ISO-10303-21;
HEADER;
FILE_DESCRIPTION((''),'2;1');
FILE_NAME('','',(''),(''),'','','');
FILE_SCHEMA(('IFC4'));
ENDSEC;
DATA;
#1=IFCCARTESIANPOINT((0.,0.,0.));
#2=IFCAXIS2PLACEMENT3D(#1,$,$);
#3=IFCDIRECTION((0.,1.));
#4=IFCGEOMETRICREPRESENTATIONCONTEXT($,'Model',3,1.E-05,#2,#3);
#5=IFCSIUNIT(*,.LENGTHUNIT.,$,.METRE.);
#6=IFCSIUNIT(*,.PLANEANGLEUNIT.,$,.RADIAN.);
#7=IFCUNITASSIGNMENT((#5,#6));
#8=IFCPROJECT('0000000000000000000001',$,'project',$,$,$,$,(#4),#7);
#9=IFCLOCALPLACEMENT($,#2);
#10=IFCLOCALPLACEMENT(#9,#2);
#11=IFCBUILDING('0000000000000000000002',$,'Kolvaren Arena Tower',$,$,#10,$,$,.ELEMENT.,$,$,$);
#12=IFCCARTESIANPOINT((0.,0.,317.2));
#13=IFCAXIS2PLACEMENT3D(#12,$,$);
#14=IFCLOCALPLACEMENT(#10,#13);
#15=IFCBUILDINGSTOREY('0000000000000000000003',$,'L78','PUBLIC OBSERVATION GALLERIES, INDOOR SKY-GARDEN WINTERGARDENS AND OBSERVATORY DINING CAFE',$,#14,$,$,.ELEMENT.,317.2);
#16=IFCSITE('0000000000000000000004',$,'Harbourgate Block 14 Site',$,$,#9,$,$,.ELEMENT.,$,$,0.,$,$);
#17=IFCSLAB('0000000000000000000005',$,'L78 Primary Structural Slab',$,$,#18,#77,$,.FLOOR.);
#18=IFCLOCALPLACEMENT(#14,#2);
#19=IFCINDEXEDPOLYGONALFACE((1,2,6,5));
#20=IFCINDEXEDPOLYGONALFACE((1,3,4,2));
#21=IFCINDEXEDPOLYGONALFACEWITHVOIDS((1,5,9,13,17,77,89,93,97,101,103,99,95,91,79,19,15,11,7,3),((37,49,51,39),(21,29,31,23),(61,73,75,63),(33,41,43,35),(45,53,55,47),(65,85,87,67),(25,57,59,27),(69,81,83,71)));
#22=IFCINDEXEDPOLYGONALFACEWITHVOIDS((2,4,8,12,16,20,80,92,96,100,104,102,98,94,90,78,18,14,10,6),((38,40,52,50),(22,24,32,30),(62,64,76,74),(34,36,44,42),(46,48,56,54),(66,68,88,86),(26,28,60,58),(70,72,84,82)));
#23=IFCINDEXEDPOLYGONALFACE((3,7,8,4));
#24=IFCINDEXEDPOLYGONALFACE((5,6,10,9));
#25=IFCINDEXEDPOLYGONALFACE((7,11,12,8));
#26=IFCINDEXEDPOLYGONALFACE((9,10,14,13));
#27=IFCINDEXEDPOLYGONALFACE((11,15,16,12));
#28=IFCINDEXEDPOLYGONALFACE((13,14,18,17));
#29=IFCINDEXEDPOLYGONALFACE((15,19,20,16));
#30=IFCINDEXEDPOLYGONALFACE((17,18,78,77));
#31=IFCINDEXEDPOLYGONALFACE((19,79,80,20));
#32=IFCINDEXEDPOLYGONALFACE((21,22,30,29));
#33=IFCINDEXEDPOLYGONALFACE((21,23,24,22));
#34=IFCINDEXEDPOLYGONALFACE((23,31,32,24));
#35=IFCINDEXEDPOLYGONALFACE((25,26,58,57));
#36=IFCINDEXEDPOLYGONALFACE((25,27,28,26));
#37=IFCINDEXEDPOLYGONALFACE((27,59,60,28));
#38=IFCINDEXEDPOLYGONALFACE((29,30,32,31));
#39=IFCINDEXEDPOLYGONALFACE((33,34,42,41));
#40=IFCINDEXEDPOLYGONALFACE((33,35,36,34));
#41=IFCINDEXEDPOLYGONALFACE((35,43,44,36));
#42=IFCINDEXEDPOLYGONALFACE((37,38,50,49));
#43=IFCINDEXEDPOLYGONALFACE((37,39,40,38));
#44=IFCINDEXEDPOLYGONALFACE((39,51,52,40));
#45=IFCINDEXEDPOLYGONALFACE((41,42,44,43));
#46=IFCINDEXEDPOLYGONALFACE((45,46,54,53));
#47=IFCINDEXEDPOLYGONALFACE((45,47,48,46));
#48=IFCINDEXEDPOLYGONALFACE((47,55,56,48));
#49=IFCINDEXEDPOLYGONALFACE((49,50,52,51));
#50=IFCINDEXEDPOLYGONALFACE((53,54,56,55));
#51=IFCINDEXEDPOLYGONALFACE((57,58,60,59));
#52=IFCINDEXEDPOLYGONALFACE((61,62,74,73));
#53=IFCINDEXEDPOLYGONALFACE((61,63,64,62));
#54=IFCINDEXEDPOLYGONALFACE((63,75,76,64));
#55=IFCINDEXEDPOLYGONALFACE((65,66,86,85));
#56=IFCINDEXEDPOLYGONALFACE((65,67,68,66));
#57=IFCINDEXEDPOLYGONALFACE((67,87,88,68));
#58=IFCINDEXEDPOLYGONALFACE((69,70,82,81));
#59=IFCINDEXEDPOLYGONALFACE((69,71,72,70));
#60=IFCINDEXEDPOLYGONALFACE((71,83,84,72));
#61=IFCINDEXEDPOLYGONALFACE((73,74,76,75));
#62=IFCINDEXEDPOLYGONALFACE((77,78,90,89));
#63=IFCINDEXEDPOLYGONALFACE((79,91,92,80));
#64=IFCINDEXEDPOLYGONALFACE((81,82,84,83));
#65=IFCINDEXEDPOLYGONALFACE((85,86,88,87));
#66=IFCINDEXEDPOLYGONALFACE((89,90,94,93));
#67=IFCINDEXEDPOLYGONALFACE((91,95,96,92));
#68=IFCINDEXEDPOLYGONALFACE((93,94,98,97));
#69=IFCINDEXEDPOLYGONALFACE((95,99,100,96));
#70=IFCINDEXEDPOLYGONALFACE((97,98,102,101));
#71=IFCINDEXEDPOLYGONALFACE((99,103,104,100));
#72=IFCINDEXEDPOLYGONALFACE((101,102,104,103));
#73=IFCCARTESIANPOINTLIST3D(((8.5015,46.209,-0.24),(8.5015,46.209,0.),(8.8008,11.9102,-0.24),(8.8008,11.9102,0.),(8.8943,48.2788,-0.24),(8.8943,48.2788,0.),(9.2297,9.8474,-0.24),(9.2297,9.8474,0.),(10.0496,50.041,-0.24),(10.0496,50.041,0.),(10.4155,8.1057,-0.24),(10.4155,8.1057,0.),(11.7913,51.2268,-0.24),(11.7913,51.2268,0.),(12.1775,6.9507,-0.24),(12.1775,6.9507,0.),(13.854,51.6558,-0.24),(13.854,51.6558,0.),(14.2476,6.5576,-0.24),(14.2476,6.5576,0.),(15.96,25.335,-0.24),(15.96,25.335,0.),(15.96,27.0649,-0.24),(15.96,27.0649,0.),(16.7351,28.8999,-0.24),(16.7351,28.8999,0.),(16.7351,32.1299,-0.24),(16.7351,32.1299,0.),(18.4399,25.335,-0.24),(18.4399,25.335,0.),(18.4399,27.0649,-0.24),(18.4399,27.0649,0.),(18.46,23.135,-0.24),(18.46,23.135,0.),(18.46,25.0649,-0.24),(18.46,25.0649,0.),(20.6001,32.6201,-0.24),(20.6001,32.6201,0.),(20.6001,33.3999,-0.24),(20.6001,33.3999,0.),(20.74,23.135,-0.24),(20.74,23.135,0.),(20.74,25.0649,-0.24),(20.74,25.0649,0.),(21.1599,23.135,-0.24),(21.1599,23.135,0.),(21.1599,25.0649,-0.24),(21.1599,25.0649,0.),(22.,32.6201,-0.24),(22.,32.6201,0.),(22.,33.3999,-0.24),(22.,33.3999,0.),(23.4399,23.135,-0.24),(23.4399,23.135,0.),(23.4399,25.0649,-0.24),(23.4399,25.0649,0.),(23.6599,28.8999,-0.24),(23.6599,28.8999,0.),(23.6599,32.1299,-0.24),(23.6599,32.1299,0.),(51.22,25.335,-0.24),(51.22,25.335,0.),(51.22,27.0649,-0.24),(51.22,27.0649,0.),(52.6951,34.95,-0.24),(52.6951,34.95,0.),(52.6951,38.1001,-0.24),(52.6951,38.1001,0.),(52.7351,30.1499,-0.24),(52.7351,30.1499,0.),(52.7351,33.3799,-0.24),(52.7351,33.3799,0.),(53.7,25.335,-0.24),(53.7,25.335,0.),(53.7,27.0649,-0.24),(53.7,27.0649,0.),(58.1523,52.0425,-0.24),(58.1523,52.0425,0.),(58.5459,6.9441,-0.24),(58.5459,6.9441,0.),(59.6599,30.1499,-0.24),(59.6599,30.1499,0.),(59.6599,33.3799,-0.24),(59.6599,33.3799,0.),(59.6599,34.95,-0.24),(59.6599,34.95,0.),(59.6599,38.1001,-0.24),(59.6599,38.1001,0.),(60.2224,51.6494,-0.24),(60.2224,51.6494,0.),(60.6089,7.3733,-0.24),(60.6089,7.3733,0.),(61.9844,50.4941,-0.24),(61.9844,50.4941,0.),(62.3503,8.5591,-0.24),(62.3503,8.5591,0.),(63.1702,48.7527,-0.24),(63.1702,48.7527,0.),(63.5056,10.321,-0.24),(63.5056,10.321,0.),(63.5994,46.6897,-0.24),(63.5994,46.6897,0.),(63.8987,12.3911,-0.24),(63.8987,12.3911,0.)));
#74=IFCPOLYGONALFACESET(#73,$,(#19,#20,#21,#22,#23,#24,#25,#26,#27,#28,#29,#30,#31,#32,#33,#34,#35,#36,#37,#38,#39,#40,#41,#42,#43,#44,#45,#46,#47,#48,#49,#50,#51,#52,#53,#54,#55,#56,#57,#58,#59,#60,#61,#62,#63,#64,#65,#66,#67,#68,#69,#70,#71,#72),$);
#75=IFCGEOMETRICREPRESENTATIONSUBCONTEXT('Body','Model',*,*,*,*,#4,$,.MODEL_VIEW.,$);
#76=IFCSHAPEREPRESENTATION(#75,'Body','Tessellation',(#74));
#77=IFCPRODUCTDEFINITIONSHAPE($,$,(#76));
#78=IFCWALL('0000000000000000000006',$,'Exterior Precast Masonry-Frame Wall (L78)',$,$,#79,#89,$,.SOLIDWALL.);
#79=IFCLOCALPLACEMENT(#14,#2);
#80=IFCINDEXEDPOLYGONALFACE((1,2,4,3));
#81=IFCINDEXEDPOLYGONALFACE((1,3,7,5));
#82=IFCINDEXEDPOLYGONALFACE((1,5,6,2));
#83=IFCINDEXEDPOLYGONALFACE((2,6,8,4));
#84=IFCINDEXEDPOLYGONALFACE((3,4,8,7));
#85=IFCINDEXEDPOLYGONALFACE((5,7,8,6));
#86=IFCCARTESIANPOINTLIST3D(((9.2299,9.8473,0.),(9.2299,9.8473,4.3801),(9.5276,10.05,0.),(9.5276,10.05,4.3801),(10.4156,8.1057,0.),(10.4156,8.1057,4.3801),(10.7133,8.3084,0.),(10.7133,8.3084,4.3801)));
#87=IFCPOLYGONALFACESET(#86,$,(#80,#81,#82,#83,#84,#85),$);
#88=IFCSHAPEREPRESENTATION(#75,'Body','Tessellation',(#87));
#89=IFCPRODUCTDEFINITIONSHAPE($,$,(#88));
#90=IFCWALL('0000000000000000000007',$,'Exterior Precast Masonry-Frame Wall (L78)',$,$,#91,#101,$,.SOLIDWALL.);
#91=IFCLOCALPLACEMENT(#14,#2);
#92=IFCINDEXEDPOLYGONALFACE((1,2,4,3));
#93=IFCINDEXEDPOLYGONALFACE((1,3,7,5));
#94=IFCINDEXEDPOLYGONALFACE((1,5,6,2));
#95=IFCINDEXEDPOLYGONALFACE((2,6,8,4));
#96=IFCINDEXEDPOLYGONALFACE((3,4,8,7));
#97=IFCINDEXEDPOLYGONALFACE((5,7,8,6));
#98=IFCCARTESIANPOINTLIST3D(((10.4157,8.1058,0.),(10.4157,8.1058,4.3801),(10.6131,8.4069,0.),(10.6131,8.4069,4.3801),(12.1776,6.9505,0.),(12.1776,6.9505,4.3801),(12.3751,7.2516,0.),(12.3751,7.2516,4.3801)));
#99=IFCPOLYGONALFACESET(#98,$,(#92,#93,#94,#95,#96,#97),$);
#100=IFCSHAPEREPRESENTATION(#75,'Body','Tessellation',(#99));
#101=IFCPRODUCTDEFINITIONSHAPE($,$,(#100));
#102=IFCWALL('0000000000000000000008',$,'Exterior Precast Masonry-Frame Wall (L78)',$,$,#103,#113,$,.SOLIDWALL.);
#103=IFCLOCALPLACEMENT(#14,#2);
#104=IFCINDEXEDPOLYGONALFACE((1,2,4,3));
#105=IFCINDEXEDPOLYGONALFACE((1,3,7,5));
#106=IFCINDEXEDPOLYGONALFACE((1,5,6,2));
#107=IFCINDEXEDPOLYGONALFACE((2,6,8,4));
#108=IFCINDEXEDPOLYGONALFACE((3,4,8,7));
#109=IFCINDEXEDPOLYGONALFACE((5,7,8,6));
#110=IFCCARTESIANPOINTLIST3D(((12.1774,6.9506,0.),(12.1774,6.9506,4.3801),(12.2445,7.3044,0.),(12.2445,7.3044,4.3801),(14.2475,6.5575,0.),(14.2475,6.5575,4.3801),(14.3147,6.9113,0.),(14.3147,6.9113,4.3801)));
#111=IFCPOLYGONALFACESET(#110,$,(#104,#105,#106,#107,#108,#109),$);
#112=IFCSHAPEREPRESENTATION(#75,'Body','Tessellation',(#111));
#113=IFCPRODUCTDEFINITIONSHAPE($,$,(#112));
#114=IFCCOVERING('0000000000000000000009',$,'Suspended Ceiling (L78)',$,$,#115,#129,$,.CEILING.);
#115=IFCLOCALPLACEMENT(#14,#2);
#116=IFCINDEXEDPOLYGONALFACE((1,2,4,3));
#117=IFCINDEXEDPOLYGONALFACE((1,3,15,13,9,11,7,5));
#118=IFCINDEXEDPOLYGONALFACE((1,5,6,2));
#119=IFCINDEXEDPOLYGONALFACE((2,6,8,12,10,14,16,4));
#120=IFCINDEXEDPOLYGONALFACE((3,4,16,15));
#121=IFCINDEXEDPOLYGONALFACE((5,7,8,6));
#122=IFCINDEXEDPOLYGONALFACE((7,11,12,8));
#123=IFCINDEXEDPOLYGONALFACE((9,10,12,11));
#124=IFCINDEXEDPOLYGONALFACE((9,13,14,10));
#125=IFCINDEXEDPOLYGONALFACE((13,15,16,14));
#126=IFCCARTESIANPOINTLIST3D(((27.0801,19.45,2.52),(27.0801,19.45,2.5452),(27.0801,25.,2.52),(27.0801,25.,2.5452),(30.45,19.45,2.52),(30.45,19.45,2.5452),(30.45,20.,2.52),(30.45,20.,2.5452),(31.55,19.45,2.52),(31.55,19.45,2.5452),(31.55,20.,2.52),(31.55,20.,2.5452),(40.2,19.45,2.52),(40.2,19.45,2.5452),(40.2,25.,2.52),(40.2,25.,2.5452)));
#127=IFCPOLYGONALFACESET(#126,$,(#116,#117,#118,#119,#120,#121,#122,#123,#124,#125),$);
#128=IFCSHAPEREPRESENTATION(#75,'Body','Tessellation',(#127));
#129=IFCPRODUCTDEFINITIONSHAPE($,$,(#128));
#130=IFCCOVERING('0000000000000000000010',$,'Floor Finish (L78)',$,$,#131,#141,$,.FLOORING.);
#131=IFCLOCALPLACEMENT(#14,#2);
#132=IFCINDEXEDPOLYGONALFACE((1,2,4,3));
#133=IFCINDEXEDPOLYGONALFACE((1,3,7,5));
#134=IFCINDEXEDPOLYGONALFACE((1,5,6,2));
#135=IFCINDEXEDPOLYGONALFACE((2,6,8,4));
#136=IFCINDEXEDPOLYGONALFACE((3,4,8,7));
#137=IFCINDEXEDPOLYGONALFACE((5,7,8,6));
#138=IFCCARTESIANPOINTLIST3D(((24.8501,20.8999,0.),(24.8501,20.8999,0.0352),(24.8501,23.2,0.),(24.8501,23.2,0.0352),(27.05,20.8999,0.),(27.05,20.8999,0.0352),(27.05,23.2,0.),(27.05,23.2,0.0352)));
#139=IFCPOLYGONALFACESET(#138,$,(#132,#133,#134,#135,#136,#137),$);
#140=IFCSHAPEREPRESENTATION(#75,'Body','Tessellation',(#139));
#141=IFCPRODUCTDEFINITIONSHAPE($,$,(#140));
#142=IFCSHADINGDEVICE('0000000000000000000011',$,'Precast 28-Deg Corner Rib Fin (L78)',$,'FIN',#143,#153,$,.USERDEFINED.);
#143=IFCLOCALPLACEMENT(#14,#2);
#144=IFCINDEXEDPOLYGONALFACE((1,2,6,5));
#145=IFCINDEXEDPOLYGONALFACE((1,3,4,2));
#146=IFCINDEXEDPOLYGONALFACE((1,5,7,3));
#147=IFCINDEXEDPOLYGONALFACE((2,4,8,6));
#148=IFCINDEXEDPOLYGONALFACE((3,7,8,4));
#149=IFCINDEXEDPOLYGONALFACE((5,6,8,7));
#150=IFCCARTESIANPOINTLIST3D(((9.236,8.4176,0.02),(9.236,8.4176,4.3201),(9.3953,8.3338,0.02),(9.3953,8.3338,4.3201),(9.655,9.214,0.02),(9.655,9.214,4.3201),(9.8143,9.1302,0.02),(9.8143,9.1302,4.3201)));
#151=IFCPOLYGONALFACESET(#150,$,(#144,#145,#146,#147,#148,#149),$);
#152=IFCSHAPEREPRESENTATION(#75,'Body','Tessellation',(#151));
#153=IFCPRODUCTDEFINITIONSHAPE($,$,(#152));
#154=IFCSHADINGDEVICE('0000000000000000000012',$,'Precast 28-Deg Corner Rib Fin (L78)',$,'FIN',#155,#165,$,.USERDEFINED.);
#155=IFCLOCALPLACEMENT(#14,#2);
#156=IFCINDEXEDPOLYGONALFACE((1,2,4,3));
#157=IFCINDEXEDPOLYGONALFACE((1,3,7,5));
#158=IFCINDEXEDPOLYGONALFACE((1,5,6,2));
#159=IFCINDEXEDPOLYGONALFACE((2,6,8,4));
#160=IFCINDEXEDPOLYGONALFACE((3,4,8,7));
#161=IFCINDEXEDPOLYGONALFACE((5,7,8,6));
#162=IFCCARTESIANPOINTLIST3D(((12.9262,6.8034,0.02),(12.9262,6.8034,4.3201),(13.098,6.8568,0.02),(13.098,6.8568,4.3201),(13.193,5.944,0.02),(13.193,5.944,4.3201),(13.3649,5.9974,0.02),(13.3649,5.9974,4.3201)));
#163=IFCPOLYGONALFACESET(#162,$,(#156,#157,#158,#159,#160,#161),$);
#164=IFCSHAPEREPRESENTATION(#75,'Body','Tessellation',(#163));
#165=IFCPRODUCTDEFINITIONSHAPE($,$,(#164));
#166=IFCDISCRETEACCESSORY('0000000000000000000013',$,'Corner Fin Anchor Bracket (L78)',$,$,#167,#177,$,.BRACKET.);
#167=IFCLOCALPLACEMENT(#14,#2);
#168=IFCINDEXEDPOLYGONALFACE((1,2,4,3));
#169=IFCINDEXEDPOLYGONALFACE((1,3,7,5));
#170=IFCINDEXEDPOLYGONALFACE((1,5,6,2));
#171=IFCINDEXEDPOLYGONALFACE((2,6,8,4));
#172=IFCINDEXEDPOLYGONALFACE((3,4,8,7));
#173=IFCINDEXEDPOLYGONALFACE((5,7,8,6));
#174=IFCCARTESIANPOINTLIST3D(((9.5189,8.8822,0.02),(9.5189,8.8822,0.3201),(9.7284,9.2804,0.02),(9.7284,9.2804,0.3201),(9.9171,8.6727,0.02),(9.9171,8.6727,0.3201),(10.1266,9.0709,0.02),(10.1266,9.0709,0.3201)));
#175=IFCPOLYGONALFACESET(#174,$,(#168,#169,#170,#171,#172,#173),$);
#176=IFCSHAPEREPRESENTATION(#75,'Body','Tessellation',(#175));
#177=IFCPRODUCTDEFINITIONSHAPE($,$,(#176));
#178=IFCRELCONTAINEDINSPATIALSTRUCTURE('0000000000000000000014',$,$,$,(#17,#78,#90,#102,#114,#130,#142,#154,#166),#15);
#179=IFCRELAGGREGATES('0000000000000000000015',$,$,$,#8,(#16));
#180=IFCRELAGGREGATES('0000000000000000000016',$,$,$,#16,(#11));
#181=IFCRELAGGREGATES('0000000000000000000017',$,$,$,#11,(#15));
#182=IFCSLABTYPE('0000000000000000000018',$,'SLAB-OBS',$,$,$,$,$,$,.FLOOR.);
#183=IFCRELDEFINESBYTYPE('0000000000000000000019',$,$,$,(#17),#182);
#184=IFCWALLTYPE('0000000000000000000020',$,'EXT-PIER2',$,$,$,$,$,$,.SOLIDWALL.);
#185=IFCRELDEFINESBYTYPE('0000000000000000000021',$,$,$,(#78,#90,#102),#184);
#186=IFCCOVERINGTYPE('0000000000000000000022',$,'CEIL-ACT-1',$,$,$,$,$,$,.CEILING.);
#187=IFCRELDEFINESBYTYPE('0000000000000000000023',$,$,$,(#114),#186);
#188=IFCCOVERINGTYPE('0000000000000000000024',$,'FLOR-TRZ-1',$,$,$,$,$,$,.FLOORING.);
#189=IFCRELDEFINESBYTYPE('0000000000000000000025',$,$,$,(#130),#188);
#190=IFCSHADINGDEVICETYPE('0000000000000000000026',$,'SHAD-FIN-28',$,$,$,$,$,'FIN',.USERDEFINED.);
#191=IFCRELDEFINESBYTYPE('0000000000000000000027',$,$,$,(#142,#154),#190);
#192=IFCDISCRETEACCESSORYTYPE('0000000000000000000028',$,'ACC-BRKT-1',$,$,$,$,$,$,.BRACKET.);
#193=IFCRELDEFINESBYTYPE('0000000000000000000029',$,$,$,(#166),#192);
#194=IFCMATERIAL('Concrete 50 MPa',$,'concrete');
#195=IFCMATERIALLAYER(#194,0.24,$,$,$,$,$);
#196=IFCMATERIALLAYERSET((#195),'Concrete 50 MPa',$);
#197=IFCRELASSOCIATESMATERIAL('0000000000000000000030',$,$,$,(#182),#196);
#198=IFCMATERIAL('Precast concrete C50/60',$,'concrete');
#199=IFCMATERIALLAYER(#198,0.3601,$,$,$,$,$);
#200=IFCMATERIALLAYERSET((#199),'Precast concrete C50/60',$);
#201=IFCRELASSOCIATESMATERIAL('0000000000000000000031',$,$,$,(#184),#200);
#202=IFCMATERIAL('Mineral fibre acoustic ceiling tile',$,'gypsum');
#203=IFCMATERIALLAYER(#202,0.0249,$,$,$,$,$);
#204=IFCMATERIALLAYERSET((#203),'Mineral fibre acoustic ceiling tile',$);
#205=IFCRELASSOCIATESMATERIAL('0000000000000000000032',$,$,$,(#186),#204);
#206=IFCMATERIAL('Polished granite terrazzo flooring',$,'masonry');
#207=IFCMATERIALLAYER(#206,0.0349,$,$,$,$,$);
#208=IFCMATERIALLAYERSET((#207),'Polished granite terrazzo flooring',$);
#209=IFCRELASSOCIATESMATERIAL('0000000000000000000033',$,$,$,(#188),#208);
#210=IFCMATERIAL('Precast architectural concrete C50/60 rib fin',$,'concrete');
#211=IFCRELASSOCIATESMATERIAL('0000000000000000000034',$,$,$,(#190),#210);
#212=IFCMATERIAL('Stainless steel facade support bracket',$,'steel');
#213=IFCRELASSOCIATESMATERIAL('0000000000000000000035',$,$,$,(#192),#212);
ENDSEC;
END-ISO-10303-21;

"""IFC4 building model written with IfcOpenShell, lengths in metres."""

from ifc_helpers import new_model, si_unit, direction, frame, frame_2d, origin, origin_2d, place, context, subcontext, project, spatial, polyline, rectangle, outline, extrude, material, layer, layer_set, type_object, element, save


model = new_model("IFC4")

# Units and contexts
model_context = context("Model", 3, precision=1e-05, world=origin(), true_north=direction((0.0, 1.0)))
body_context = subcontext(model_context, "Body", "Model", "MODEL_VIEW")
ifc_project = project(units=[si_unit("LENGTHUNIT", "METRE"), si_unit("PLANEANGLEUNIT", "RADIAN")], contexts=[model_context])

# Site, building, storey
site_placement = place(None, origin())
site = spatial("IfcSite", under=ifc_project, at=site_placement, Name="Harbourgate Block 14 Site", CompositionType="ELEMENT", RefElevation=0.0)
building_placement = place(site_placement, origin())
building = spatial("IfcBuilding", under=site, at=building_placement, Name="Kolvaren Arena Tower", CompositionType="ELEMENT")
storey_placement = place(building_placement, frame((0.0, 0.0, 317.2)))
storey = spatial("IfcBuildingStorey", under=building, at=storey_placement, Name="L78", Description="PUBLIC OBSERVATION GALLERIES, INDOOR SKY-GARDEN WINTERGARDENS AND OBSERVATORY DINING CAFE", CompositionType="ELEMENT", Elevation=317.2)

# Shared definitions
ifc_material_1 = material(Name="Precast concrete C50/60", Category="concrete")

# Slab
ifc_material_2 = material(Name="Concrete 50 MPa", Category="concrete")
ifc_layer_1 = layer(ifc_material_2, 0.24)
ifc_layer_set_1 = layer_set([ifc_layer_1], Name="Concrete 50 MPa")
slab_type_1 = type_object("IfcSlabType", Name="SLAB-OBS", PredefinedType="FLOOR", material=ifc_layer_set_1)
slab_1_placement = place(storey_placement, frame((0.0, 0.0, -0.24)))
element("IfcSlab", 1, at=slab_1_placement, inside=storey, type_object=slab_type_1, Name="L78 Primary Structural Slab", PredefinedType="FLOOR", context=body_context, shape_type="SweptSolid", body=[
    extrude(outline(polyline([(58.5459, 6.9441), (60.6089, 7.3733), (62.3503, 8.5591), (63.5056, 10.321), (63.8987, 12.3911), (63.5994, 46.6897), (63.1702, 48.7527), (61.9844, 50.4941), (60.2224, 51.6494), (58.1523, 52.0425), (13.854, 51.6558), (11.7913, 51.2268), (10.0496, 50.041), (8.8943, 48.2788), (8.5015, 46.209), (8.8008, 11.9102), (9.2297, 9.8474), (10.4155, 8.1057), (12.1775, 6.9507), (14.2476, 6.5576), (58.5459, 6.9441)]), holes=[polyline([(20.74, 23.135), (18.46, 23.135), (18.46, 25.0649), (20.74, 25.0649), (20.74, 23.135)]), polyline([(23.4399, 23.135), (21.1599, 23.135), (21.1599, 25.0649), (23.4399, 25.0649), (23.4399, 23.135)]), polyline([(18.4399, 25.335), (15.96, 25.335), (15.96, 27.0649), (18.4399, 27.0649), (18.4399, 25.335)]), polyline([(53.7, 25.335), (51.22, 25.335), (51.22, 27.0649), (53.7, 27.0649), (53.7, 25.335)]), polyline([(23.6599, 28.8999), (16.7351, 28.8999), (16.7351, 32.1299), (23.6599, 32.1299), (23.6599, 28.8999)]), polyline([(59.6599, 30.1499), (52.7351, 30.1499), (52.7351, 33.3799), (59.6599, 33.3799), (59.6599, 30.1499)]), polyline([(22.0, 32.6201), (20.6001, 32.6201), (20.6001, 33.3999), (22.0, 33.3999), (22.0, 32.6201)]), polyline([(59.6599, 34.95), (52.6951, 34.95), (52.6951, 38.1001), (59.6599, 38.1001), (59.6599, 34.95)])]), origin(), (0.0, 0.0, 1.0), 0.24),
])

# Walls
ifc_layer_2 = layer(ifc_material_1, 0.3601)
ifc_layer_set_2 = layer_set([ifc_layer_2], Name="Precast concrete C50/60")
wall_type = type_object("IfcWallType", Name="EXT-PIER2", PredefinedType="SOLIDWALL", material=ifc_layer_set_2)
for number, where, z_axis, x_axis, name in (
    (2, (10.5645, 8.207, 0.0), (0.0, 0.0, 1.0), (-0.562776, 0.82661, 0.0), "Exterior Precast Masonry-Frame Wall (L78)"),
    (3, (12.2764, 7.1011, 0.0), (0.0, 0.0, 1.0), (-0.836269, 0.54832, 0.0), "Exterior Precast Masonry-Frame Wall (L78)"),
):
    element("IfcWall", number, at=place(storey_placement, frame(where, z_axis=z_axis, x_axis=x_axis)), inside=storey, type_object=wall_type, Name=name, PredefinedType="SOLIDWALL", context=body_context, shape_type="SweptSolid", body=[
        extrude(rectangle(XDim=2.1069, YDim=0.3601, at=frame_2d((1.0535, 0.0))), origin(), (0.0, 0.0, 1.0), 4.3801),
    ])
wall_placement = place(storey_placement, frame((14.2812, 6.7344, 0.0), z_axis=(0.0, 0.0, 1.0), x_axis=(-0.982446, 0.186548, 0.0)))
element("IfcWall", 4, at=wall_placement, inside=storey, type_object=wall_type, Name="Exterior Precast Masonry-Frame Wall (L78)", PredefinedType="SOLIDWALL", context=body_context, shape_type="SweptSolid", body=[
    extrude(rectangle(XDim=2.1072, YDim=0.3601, at=frame_2d((1.0537, 0.0))), origin(), (0.0, 0.0, 1.0), 4.3801),
])

# Coverings
ifc_material_3 = material(Name="Mineral fibre acoustic ceiling tile", Category="gypsum")
ifc_layer_3 = layer(ifc_material_3, 0.0249)
ifc_layer_set_3 = layer_set([ifc_layer_3], Name="Mineral fibre acoustic ceiling tile")
covering_type_1 = type_object("IfcCoveringType", Name="CEIL-ACT-1", PredefinedType="CEILING", material=ifc_layer_set_3)
covering_1_placement = place(storey_placement, frame((0.0, 0.0, 2.52)))
element("IfcCovering", 5, at=covering_1_placement, inside=storey, type_object=covering_type_1, Name="Suspended Ceiling (L78)", PredefinedType="CEILING", context=body_context, shape_type="SweptSolid", body=[
    extrude(outline(polyline([(27.0801, 19.45), (27.0801, 25.0), (40.2, 25.0), (40.2, 19.45), (31.55, 19.45), (31.55, 20.0), (30.45, 20.0), (30.45, 19.45), (27.0801, 19.45)])), origin(), (0.0, 0.0, 1.0), 0.0251),
])
ifc_material_4 = material(Name="Polished granite terrazzo flooring", Category="masonry")
ifc_layer_4 = layer(ifc_material_4, 0.0349)
ifc_layer_set_4 = layer_set([ifc_layer_4], Name="Polished granite terrazzo flooring")
covering_type_2 = type_object("IfcCoveringType", Name="FLOR-TRZ-1", PredefinedType="FLOORING", material=ifc_layer_set_4)
covering_2_placement = place(storey_placement, origin())
element("IfcCovering", 6, at=covering_2_placement, inside=storey, type_object=covering_type_2, Name="Floor Finish (L78)", PredefinedType="FLOORING", context=body_context, shape_type="SweptSolid", body=[
    extrude(outline(polyline([(24.8501, 20.8999), (24.8501, 23.2), (27.05, 23.2), (27.05, 20.8999), (24.8501, 20.8999)])), origin(), (0.0, 0.0, 1.0), 0.0352),
])

# Shading devices
ifc_material_5 = material(Name="Precast architectural concrete C50/60 rib fin", Category="concrete")
shading_device_type = type_object("IfcShadingDeviceType", Name="SHAD-FIN-28", ElementType="FIN", PredefinedType="USERDEFINED", material=ifc_material_5)
for number, where, z_axis, x_axis, name in (
    (7, (9.5251, 8.7739, 0.02), (0.0, 0.0, 1.0), (-0.465619, -0.884985, 0.0), "Precast 28-Deg Corner Rib Fin (L78)"),
    (8, (13.1455, 6.4004, 0.02), (0.0, 0.0, 1.0), (0.296542, -0.95502, 0.0), "Precast 28-Deg Corner Rib Fin (L78)"),
):
    element("IfcShadingDevice", number, at=place(storey_placement, frame(where, z_axis=z_axis, x_axis=x_axis)), inside=storey, type_object=shading_device_type, Name=name, ObjectType="FIN", PredefinedType="USERDEFINED", context=body_context, shape_type="SweptSolid", body=[
        extrude(rectangle(XDim=0.8999, YDim=0.1799, at=origin_2d()), origin(), (0.0, 0.0, 1.0), 4.3),
    ])

# Discrete accessory
ifc_material_6 = material(Name="Stainless steel facade support bracket", Category="steel")
discrete_accessory_type = type_object("IfcDiscreteAccessoryType", Name="ACC-BRKT-1", PredefinedType="BRACKET", material=ifc_material_6)
for number, where, z_axis, x_axis, name in (
    (9, (9.8228, 8.9766, 0.02), (0.0, 0.0, 1.0), (-0.465619, -0.884985, 0.0), "Corner Fin Anchor Bracket (L78)"),
):
    element("IfcDiscreteAccessory", number, at=place(storey_placement, frame(where, z_axis=z_axis, x_axis=x_axis)), inside=storey, type_object=discrete_accessory_type, Name=name, PredefinedType="BRACKET", context=body_context, shape_type="SweptSolid", body=[
        extrude(rectangle(XDim=0.45, YDim=0.45, at=origin_2d()), origin(), (0.0, 0.0, 1.0), 0.3),
    ])

save(model, "model.ifc")
